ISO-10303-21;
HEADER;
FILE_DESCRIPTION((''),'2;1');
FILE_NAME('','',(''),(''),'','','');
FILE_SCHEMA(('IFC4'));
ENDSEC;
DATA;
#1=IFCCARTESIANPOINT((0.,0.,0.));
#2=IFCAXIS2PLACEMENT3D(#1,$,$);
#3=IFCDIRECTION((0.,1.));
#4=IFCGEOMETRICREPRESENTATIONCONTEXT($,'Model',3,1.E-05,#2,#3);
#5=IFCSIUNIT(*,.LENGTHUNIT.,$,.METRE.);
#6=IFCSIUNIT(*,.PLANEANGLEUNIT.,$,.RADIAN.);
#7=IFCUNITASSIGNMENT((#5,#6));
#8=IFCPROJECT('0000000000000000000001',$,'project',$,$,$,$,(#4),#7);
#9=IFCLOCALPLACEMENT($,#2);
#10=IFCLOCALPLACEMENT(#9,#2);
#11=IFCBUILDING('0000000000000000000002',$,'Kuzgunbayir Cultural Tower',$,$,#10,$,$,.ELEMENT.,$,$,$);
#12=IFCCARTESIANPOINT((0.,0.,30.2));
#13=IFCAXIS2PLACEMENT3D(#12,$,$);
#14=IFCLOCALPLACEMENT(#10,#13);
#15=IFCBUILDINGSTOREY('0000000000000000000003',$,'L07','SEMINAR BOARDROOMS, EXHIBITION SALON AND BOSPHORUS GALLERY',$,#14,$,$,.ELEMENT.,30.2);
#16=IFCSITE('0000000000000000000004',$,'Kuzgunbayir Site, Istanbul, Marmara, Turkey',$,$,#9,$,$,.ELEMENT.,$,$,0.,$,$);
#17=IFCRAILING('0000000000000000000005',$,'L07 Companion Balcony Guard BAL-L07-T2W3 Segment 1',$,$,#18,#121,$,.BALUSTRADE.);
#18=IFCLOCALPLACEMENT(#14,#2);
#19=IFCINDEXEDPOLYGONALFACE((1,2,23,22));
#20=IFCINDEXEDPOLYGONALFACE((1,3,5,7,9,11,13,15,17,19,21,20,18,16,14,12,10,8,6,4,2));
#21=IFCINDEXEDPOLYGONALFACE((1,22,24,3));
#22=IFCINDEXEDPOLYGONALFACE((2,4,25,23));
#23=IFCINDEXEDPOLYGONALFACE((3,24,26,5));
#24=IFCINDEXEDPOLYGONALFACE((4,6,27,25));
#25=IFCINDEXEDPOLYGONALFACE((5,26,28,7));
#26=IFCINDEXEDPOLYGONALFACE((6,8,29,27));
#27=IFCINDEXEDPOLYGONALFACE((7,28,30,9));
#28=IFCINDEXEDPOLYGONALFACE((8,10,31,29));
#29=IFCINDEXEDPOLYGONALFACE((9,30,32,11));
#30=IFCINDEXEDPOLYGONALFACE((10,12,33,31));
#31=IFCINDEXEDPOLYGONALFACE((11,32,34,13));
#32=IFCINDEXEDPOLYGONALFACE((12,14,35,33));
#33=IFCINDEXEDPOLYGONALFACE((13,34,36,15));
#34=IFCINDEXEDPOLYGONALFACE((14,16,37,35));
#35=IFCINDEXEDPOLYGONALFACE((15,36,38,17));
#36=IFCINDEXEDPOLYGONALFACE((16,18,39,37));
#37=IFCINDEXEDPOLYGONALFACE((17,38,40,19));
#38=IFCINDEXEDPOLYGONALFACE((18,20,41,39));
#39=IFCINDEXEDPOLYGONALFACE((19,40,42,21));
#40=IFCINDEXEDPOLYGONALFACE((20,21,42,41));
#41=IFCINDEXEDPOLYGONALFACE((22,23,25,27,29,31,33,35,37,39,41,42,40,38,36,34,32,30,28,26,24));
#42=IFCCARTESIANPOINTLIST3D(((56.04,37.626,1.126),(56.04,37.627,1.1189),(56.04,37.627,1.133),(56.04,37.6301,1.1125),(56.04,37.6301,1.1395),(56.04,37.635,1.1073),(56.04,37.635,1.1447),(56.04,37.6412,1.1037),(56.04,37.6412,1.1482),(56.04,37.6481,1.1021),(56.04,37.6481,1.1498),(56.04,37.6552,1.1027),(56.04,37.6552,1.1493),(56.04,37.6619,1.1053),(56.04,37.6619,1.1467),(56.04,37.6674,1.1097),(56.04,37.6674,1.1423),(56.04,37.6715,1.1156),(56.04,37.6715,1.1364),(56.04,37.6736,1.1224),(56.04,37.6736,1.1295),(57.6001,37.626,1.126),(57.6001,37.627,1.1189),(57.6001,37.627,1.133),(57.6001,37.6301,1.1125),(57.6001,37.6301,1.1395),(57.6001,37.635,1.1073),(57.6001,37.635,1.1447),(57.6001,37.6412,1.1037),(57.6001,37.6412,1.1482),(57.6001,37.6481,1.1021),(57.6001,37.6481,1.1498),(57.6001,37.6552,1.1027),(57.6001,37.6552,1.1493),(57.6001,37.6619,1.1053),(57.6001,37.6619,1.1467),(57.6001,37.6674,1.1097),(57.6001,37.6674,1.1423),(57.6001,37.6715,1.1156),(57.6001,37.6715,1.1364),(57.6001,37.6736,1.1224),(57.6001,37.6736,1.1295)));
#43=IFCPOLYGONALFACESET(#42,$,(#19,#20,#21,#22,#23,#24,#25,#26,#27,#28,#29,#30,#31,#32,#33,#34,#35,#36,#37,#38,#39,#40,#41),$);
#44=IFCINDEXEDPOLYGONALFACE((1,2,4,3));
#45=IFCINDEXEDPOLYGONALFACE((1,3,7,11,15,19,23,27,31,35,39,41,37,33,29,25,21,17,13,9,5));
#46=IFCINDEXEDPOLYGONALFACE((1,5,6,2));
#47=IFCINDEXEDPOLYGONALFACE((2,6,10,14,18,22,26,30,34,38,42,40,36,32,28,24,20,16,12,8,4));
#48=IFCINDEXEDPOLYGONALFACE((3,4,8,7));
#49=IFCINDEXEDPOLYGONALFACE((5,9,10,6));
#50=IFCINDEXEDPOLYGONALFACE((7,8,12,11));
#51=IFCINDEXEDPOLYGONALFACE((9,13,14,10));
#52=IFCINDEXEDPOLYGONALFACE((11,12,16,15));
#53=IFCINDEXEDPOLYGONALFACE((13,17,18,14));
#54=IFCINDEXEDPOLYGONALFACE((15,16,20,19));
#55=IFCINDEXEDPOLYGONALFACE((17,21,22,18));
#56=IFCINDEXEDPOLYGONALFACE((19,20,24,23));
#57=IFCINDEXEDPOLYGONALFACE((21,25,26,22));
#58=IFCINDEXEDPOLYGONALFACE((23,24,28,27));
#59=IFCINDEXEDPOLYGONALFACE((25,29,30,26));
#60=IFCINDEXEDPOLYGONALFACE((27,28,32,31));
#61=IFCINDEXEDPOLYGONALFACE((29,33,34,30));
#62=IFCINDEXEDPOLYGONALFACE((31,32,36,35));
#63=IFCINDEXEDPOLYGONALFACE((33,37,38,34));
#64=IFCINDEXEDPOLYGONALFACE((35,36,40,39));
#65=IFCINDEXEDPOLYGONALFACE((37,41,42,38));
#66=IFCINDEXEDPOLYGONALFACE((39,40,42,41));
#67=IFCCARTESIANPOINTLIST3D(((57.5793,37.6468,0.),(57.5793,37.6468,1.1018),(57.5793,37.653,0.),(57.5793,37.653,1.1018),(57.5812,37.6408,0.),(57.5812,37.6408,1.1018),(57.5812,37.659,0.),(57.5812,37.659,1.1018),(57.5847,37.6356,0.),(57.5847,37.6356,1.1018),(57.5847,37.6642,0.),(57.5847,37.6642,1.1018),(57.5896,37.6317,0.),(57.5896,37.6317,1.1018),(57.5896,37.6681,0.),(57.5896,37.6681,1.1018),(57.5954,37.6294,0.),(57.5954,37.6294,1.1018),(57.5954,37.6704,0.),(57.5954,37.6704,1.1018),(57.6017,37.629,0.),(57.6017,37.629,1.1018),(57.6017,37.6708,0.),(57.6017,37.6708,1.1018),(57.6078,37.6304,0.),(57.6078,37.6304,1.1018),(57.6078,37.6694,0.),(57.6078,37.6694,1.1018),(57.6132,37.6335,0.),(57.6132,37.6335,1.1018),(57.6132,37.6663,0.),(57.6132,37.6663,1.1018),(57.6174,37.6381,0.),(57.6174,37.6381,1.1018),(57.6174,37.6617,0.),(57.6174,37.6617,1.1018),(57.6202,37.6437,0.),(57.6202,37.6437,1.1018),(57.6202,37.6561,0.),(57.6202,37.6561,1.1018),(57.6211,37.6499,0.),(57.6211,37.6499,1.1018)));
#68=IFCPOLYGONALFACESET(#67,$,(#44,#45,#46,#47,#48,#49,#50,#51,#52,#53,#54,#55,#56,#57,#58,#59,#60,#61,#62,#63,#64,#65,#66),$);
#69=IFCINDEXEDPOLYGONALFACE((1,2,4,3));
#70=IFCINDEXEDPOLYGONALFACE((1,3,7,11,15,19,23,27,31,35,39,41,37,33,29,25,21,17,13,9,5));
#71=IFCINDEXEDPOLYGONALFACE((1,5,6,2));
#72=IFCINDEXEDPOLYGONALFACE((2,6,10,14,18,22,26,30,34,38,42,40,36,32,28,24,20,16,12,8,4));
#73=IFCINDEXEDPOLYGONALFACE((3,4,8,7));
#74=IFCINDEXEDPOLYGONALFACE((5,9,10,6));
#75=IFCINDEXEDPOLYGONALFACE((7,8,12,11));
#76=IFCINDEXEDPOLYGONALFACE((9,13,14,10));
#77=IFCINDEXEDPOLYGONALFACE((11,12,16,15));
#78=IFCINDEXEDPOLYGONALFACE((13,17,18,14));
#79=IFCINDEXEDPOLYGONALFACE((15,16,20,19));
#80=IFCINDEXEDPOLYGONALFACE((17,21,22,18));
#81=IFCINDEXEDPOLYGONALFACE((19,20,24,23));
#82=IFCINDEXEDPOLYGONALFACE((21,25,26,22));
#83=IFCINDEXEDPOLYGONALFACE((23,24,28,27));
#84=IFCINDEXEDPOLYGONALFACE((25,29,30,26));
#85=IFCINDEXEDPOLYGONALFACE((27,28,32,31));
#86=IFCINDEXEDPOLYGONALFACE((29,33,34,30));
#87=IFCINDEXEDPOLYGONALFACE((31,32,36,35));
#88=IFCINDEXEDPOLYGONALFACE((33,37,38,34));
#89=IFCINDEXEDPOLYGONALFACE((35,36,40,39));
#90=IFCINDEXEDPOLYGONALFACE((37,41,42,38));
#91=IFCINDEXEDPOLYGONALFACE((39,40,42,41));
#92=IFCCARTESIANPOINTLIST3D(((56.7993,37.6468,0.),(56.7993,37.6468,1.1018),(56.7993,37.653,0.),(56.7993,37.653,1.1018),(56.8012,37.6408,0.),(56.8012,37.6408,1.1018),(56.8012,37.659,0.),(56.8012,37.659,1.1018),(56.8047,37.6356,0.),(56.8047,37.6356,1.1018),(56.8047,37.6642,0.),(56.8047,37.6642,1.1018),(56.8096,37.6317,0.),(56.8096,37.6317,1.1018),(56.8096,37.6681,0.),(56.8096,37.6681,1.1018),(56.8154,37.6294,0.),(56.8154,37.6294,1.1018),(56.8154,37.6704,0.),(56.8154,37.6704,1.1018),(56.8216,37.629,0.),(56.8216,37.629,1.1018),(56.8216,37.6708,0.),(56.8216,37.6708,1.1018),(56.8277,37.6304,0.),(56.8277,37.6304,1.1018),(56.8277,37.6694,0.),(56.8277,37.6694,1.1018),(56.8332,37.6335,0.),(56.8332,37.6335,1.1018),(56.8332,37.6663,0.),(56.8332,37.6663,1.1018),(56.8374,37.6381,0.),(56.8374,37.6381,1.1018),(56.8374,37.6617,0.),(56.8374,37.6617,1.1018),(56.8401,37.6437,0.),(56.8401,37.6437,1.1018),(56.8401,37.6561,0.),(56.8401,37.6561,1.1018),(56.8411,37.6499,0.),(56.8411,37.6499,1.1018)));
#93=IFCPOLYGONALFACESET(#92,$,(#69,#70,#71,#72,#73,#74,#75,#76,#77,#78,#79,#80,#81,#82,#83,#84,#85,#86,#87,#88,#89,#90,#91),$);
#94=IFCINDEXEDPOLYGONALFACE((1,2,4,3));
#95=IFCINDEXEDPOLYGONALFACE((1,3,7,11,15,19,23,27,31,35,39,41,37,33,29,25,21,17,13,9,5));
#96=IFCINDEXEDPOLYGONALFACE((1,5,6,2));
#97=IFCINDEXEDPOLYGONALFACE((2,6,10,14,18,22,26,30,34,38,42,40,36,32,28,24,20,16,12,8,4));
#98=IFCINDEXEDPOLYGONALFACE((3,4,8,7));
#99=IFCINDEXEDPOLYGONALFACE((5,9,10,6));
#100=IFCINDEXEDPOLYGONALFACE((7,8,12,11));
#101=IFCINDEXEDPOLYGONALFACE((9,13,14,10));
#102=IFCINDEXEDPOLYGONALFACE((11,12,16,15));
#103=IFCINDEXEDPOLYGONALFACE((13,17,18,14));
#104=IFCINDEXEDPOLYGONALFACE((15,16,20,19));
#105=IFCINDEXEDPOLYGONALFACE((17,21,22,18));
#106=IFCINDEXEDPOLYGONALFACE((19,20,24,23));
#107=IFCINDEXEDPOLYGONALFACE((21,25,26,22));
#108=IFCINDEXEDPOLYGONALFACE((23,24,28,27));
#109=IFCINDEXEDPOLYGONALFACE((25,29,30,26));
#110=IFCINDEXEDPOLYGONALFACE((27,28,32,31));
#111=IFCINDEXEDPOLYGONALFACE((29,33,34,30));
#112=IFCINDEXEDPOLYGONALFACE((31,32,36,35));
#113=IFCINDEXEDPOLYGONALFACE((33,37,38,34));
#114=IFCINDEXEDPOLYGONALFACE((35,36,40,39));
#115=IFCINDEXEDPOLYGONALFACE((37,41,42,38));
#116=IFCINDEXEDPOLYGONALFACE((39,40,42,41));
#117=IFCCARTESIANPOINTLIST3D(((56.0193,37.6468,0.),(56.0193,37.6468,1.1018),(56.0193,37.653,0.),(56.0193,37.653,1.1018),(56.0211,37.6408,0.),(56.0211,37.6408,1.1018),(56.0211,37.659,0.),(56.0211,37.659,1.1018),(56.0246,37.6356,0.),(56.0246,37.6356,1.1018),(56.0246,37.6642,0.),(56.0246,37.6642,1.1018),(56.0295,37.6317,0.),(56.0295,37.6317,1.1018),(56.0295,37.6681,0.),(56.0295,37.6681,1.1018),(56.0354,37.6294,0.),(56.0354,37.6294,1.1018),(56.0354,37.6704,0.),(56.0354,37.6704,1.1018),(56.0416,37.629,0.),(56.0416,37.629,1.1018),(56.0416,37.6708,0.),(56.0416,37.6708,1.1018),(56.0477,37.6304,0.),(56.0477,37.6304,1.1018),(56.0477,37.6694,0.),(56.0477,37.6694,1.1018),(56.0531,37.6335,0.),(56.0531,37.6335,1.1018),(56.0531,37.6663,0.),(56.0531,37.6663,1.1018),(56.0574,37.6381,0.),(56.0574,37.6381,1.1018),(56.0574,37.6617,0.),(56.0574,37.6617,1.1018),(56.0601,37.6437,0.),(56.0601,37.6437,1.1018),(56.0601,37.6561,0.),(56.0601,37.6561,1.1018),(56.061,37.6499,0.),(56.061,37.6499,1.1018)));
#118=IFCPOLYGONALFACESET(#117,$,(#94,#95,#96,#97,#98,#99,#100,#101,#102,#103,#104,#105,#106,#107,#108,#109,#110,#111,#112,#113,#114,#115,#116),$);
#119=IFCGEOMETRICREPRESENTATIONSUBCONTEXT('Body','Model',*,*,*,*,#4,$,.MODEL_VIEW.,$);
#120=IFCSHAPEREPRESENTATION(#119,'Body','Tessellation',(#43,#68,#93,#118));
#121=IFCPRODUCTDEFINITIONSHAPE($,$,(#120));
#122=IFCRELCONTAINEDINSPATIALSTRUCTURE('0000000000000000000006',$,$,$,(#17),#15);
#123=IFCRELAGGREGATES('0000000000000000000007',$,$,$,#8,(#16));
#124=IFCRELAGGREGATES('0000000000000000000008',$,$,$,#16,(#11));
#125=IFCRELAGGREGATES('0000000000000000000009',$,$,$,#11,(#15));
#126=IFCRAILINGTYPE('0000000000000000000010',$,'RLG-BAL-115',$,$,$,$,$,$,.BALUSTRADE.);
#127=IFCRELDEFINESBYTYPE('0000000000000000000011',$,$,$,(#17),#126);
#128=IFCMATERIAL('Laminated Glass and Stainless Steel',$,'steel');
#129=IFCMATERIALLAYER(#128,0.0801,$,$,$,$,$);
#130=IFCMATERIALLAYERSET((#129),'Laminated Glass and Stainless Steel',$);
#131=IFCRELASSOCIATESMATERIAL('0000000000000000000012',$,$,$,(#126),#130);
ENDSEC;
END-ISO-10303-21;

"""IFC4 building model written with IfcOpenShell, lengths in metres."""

from ifc_helpers import new_model, si_unit, direction, frame, origin, origin_2d, place, context, subcontext, project, spatial, circle, extrude, material, layer, layer_set, type_object, element, save


model = new_model("IFC4")

# Units and contexts
model_context = context("Model", 3, precision=1e-05, world=origin(), true_north=direction((0.0, 1.0)))
body_context = subcontext(model_context, "Body", "Model", "MODEL_VIEW")
ifc_project = project(units=[si_unit("LENGTHUNIT", "METRE"), si_unit("PLANEANGLEUNIT", "RADIAN")], contexts=[model_context])

# Site, building, storey
site_placement = place(None, origin())
site = spatial("IfcSite", under=ifc_project, at=site_placement, Name="Kuzgunbayir Site, Istanbul, Marmara, Turkey", CompositionType="ELEMENT", RefElevation=0.0)
building_placement = place(site_placement, origin())
building = spatial("IfcBuilding", under=site, at=building_placement, Name="Kuzgunbayir Cultural Tower", CompositionType="ELEMENT")
storey_placement = place(building_placement, frame((0.0, 0.0, 30.2)))
storey = spatial("IfcBuildingStorey", under=building, at=storey_placement, Name="L07", Description="SEMINAR BOARDROOMS, EXHIBITION SALON AND BOSPHORUS GALLERY", CompositionType="ELEMENT", Elevation=30.2)

# Railing
ifc_material_1 = material(Name="Laminated Glass and Stainless Steel", Category="steel")
ifc_layer_1 = layer(ifc_material_1, 0.0801)
ifc_layer_set_1 = layer_set([ifc_layer_1], Name="Laminated Glass and Stainless Steel")
railing_type = type_object("IfcRailingType", Name="RLG-BAL-115", PredefinedType="BALUSTRADE", material=ifc_layer_set_1)
railing_1_placement = place(storey_placement, frame((57.6001, 37.6499, 0.0)))
element("IfcRailing", 1, at=railing_1_placement, inside=storey, type_object=railing_type, Name="L07 Companion Balcony Guard BAL-L07-T2W3 Segment 1", PredefinedType="BALUSTRADE", context=body_context, shape_type="SweptSolid", body=[
    extrude(circle(Radius=0.0239, at=origin_2d()), frame((0.0, 0.0, 1.126), z_axis=(-1.0, 0.0, 0.0), x_axis=(0.0, -1.0, 0.0)), (0.0, 0.0, 1.0), 1.5601),
    extrude(circle(Radius=0.021, at=origin_2d()), origin(), (0.0, 0.0, 1.0), 1.1018),
    extrude(circle(Radius=0.021, at=origin_2d()), frame((-0.78, 0.0, 0.0)), (0.0, 0.0, 1.0), 1.1018),
    extrude(circle(Radius=0.021, at=origin_2d()), frame((-1.5601, 0.0, 0.0)), (0.0, 0.0, 1.0), 1.1018),
])

save(model, "model.ifc")
